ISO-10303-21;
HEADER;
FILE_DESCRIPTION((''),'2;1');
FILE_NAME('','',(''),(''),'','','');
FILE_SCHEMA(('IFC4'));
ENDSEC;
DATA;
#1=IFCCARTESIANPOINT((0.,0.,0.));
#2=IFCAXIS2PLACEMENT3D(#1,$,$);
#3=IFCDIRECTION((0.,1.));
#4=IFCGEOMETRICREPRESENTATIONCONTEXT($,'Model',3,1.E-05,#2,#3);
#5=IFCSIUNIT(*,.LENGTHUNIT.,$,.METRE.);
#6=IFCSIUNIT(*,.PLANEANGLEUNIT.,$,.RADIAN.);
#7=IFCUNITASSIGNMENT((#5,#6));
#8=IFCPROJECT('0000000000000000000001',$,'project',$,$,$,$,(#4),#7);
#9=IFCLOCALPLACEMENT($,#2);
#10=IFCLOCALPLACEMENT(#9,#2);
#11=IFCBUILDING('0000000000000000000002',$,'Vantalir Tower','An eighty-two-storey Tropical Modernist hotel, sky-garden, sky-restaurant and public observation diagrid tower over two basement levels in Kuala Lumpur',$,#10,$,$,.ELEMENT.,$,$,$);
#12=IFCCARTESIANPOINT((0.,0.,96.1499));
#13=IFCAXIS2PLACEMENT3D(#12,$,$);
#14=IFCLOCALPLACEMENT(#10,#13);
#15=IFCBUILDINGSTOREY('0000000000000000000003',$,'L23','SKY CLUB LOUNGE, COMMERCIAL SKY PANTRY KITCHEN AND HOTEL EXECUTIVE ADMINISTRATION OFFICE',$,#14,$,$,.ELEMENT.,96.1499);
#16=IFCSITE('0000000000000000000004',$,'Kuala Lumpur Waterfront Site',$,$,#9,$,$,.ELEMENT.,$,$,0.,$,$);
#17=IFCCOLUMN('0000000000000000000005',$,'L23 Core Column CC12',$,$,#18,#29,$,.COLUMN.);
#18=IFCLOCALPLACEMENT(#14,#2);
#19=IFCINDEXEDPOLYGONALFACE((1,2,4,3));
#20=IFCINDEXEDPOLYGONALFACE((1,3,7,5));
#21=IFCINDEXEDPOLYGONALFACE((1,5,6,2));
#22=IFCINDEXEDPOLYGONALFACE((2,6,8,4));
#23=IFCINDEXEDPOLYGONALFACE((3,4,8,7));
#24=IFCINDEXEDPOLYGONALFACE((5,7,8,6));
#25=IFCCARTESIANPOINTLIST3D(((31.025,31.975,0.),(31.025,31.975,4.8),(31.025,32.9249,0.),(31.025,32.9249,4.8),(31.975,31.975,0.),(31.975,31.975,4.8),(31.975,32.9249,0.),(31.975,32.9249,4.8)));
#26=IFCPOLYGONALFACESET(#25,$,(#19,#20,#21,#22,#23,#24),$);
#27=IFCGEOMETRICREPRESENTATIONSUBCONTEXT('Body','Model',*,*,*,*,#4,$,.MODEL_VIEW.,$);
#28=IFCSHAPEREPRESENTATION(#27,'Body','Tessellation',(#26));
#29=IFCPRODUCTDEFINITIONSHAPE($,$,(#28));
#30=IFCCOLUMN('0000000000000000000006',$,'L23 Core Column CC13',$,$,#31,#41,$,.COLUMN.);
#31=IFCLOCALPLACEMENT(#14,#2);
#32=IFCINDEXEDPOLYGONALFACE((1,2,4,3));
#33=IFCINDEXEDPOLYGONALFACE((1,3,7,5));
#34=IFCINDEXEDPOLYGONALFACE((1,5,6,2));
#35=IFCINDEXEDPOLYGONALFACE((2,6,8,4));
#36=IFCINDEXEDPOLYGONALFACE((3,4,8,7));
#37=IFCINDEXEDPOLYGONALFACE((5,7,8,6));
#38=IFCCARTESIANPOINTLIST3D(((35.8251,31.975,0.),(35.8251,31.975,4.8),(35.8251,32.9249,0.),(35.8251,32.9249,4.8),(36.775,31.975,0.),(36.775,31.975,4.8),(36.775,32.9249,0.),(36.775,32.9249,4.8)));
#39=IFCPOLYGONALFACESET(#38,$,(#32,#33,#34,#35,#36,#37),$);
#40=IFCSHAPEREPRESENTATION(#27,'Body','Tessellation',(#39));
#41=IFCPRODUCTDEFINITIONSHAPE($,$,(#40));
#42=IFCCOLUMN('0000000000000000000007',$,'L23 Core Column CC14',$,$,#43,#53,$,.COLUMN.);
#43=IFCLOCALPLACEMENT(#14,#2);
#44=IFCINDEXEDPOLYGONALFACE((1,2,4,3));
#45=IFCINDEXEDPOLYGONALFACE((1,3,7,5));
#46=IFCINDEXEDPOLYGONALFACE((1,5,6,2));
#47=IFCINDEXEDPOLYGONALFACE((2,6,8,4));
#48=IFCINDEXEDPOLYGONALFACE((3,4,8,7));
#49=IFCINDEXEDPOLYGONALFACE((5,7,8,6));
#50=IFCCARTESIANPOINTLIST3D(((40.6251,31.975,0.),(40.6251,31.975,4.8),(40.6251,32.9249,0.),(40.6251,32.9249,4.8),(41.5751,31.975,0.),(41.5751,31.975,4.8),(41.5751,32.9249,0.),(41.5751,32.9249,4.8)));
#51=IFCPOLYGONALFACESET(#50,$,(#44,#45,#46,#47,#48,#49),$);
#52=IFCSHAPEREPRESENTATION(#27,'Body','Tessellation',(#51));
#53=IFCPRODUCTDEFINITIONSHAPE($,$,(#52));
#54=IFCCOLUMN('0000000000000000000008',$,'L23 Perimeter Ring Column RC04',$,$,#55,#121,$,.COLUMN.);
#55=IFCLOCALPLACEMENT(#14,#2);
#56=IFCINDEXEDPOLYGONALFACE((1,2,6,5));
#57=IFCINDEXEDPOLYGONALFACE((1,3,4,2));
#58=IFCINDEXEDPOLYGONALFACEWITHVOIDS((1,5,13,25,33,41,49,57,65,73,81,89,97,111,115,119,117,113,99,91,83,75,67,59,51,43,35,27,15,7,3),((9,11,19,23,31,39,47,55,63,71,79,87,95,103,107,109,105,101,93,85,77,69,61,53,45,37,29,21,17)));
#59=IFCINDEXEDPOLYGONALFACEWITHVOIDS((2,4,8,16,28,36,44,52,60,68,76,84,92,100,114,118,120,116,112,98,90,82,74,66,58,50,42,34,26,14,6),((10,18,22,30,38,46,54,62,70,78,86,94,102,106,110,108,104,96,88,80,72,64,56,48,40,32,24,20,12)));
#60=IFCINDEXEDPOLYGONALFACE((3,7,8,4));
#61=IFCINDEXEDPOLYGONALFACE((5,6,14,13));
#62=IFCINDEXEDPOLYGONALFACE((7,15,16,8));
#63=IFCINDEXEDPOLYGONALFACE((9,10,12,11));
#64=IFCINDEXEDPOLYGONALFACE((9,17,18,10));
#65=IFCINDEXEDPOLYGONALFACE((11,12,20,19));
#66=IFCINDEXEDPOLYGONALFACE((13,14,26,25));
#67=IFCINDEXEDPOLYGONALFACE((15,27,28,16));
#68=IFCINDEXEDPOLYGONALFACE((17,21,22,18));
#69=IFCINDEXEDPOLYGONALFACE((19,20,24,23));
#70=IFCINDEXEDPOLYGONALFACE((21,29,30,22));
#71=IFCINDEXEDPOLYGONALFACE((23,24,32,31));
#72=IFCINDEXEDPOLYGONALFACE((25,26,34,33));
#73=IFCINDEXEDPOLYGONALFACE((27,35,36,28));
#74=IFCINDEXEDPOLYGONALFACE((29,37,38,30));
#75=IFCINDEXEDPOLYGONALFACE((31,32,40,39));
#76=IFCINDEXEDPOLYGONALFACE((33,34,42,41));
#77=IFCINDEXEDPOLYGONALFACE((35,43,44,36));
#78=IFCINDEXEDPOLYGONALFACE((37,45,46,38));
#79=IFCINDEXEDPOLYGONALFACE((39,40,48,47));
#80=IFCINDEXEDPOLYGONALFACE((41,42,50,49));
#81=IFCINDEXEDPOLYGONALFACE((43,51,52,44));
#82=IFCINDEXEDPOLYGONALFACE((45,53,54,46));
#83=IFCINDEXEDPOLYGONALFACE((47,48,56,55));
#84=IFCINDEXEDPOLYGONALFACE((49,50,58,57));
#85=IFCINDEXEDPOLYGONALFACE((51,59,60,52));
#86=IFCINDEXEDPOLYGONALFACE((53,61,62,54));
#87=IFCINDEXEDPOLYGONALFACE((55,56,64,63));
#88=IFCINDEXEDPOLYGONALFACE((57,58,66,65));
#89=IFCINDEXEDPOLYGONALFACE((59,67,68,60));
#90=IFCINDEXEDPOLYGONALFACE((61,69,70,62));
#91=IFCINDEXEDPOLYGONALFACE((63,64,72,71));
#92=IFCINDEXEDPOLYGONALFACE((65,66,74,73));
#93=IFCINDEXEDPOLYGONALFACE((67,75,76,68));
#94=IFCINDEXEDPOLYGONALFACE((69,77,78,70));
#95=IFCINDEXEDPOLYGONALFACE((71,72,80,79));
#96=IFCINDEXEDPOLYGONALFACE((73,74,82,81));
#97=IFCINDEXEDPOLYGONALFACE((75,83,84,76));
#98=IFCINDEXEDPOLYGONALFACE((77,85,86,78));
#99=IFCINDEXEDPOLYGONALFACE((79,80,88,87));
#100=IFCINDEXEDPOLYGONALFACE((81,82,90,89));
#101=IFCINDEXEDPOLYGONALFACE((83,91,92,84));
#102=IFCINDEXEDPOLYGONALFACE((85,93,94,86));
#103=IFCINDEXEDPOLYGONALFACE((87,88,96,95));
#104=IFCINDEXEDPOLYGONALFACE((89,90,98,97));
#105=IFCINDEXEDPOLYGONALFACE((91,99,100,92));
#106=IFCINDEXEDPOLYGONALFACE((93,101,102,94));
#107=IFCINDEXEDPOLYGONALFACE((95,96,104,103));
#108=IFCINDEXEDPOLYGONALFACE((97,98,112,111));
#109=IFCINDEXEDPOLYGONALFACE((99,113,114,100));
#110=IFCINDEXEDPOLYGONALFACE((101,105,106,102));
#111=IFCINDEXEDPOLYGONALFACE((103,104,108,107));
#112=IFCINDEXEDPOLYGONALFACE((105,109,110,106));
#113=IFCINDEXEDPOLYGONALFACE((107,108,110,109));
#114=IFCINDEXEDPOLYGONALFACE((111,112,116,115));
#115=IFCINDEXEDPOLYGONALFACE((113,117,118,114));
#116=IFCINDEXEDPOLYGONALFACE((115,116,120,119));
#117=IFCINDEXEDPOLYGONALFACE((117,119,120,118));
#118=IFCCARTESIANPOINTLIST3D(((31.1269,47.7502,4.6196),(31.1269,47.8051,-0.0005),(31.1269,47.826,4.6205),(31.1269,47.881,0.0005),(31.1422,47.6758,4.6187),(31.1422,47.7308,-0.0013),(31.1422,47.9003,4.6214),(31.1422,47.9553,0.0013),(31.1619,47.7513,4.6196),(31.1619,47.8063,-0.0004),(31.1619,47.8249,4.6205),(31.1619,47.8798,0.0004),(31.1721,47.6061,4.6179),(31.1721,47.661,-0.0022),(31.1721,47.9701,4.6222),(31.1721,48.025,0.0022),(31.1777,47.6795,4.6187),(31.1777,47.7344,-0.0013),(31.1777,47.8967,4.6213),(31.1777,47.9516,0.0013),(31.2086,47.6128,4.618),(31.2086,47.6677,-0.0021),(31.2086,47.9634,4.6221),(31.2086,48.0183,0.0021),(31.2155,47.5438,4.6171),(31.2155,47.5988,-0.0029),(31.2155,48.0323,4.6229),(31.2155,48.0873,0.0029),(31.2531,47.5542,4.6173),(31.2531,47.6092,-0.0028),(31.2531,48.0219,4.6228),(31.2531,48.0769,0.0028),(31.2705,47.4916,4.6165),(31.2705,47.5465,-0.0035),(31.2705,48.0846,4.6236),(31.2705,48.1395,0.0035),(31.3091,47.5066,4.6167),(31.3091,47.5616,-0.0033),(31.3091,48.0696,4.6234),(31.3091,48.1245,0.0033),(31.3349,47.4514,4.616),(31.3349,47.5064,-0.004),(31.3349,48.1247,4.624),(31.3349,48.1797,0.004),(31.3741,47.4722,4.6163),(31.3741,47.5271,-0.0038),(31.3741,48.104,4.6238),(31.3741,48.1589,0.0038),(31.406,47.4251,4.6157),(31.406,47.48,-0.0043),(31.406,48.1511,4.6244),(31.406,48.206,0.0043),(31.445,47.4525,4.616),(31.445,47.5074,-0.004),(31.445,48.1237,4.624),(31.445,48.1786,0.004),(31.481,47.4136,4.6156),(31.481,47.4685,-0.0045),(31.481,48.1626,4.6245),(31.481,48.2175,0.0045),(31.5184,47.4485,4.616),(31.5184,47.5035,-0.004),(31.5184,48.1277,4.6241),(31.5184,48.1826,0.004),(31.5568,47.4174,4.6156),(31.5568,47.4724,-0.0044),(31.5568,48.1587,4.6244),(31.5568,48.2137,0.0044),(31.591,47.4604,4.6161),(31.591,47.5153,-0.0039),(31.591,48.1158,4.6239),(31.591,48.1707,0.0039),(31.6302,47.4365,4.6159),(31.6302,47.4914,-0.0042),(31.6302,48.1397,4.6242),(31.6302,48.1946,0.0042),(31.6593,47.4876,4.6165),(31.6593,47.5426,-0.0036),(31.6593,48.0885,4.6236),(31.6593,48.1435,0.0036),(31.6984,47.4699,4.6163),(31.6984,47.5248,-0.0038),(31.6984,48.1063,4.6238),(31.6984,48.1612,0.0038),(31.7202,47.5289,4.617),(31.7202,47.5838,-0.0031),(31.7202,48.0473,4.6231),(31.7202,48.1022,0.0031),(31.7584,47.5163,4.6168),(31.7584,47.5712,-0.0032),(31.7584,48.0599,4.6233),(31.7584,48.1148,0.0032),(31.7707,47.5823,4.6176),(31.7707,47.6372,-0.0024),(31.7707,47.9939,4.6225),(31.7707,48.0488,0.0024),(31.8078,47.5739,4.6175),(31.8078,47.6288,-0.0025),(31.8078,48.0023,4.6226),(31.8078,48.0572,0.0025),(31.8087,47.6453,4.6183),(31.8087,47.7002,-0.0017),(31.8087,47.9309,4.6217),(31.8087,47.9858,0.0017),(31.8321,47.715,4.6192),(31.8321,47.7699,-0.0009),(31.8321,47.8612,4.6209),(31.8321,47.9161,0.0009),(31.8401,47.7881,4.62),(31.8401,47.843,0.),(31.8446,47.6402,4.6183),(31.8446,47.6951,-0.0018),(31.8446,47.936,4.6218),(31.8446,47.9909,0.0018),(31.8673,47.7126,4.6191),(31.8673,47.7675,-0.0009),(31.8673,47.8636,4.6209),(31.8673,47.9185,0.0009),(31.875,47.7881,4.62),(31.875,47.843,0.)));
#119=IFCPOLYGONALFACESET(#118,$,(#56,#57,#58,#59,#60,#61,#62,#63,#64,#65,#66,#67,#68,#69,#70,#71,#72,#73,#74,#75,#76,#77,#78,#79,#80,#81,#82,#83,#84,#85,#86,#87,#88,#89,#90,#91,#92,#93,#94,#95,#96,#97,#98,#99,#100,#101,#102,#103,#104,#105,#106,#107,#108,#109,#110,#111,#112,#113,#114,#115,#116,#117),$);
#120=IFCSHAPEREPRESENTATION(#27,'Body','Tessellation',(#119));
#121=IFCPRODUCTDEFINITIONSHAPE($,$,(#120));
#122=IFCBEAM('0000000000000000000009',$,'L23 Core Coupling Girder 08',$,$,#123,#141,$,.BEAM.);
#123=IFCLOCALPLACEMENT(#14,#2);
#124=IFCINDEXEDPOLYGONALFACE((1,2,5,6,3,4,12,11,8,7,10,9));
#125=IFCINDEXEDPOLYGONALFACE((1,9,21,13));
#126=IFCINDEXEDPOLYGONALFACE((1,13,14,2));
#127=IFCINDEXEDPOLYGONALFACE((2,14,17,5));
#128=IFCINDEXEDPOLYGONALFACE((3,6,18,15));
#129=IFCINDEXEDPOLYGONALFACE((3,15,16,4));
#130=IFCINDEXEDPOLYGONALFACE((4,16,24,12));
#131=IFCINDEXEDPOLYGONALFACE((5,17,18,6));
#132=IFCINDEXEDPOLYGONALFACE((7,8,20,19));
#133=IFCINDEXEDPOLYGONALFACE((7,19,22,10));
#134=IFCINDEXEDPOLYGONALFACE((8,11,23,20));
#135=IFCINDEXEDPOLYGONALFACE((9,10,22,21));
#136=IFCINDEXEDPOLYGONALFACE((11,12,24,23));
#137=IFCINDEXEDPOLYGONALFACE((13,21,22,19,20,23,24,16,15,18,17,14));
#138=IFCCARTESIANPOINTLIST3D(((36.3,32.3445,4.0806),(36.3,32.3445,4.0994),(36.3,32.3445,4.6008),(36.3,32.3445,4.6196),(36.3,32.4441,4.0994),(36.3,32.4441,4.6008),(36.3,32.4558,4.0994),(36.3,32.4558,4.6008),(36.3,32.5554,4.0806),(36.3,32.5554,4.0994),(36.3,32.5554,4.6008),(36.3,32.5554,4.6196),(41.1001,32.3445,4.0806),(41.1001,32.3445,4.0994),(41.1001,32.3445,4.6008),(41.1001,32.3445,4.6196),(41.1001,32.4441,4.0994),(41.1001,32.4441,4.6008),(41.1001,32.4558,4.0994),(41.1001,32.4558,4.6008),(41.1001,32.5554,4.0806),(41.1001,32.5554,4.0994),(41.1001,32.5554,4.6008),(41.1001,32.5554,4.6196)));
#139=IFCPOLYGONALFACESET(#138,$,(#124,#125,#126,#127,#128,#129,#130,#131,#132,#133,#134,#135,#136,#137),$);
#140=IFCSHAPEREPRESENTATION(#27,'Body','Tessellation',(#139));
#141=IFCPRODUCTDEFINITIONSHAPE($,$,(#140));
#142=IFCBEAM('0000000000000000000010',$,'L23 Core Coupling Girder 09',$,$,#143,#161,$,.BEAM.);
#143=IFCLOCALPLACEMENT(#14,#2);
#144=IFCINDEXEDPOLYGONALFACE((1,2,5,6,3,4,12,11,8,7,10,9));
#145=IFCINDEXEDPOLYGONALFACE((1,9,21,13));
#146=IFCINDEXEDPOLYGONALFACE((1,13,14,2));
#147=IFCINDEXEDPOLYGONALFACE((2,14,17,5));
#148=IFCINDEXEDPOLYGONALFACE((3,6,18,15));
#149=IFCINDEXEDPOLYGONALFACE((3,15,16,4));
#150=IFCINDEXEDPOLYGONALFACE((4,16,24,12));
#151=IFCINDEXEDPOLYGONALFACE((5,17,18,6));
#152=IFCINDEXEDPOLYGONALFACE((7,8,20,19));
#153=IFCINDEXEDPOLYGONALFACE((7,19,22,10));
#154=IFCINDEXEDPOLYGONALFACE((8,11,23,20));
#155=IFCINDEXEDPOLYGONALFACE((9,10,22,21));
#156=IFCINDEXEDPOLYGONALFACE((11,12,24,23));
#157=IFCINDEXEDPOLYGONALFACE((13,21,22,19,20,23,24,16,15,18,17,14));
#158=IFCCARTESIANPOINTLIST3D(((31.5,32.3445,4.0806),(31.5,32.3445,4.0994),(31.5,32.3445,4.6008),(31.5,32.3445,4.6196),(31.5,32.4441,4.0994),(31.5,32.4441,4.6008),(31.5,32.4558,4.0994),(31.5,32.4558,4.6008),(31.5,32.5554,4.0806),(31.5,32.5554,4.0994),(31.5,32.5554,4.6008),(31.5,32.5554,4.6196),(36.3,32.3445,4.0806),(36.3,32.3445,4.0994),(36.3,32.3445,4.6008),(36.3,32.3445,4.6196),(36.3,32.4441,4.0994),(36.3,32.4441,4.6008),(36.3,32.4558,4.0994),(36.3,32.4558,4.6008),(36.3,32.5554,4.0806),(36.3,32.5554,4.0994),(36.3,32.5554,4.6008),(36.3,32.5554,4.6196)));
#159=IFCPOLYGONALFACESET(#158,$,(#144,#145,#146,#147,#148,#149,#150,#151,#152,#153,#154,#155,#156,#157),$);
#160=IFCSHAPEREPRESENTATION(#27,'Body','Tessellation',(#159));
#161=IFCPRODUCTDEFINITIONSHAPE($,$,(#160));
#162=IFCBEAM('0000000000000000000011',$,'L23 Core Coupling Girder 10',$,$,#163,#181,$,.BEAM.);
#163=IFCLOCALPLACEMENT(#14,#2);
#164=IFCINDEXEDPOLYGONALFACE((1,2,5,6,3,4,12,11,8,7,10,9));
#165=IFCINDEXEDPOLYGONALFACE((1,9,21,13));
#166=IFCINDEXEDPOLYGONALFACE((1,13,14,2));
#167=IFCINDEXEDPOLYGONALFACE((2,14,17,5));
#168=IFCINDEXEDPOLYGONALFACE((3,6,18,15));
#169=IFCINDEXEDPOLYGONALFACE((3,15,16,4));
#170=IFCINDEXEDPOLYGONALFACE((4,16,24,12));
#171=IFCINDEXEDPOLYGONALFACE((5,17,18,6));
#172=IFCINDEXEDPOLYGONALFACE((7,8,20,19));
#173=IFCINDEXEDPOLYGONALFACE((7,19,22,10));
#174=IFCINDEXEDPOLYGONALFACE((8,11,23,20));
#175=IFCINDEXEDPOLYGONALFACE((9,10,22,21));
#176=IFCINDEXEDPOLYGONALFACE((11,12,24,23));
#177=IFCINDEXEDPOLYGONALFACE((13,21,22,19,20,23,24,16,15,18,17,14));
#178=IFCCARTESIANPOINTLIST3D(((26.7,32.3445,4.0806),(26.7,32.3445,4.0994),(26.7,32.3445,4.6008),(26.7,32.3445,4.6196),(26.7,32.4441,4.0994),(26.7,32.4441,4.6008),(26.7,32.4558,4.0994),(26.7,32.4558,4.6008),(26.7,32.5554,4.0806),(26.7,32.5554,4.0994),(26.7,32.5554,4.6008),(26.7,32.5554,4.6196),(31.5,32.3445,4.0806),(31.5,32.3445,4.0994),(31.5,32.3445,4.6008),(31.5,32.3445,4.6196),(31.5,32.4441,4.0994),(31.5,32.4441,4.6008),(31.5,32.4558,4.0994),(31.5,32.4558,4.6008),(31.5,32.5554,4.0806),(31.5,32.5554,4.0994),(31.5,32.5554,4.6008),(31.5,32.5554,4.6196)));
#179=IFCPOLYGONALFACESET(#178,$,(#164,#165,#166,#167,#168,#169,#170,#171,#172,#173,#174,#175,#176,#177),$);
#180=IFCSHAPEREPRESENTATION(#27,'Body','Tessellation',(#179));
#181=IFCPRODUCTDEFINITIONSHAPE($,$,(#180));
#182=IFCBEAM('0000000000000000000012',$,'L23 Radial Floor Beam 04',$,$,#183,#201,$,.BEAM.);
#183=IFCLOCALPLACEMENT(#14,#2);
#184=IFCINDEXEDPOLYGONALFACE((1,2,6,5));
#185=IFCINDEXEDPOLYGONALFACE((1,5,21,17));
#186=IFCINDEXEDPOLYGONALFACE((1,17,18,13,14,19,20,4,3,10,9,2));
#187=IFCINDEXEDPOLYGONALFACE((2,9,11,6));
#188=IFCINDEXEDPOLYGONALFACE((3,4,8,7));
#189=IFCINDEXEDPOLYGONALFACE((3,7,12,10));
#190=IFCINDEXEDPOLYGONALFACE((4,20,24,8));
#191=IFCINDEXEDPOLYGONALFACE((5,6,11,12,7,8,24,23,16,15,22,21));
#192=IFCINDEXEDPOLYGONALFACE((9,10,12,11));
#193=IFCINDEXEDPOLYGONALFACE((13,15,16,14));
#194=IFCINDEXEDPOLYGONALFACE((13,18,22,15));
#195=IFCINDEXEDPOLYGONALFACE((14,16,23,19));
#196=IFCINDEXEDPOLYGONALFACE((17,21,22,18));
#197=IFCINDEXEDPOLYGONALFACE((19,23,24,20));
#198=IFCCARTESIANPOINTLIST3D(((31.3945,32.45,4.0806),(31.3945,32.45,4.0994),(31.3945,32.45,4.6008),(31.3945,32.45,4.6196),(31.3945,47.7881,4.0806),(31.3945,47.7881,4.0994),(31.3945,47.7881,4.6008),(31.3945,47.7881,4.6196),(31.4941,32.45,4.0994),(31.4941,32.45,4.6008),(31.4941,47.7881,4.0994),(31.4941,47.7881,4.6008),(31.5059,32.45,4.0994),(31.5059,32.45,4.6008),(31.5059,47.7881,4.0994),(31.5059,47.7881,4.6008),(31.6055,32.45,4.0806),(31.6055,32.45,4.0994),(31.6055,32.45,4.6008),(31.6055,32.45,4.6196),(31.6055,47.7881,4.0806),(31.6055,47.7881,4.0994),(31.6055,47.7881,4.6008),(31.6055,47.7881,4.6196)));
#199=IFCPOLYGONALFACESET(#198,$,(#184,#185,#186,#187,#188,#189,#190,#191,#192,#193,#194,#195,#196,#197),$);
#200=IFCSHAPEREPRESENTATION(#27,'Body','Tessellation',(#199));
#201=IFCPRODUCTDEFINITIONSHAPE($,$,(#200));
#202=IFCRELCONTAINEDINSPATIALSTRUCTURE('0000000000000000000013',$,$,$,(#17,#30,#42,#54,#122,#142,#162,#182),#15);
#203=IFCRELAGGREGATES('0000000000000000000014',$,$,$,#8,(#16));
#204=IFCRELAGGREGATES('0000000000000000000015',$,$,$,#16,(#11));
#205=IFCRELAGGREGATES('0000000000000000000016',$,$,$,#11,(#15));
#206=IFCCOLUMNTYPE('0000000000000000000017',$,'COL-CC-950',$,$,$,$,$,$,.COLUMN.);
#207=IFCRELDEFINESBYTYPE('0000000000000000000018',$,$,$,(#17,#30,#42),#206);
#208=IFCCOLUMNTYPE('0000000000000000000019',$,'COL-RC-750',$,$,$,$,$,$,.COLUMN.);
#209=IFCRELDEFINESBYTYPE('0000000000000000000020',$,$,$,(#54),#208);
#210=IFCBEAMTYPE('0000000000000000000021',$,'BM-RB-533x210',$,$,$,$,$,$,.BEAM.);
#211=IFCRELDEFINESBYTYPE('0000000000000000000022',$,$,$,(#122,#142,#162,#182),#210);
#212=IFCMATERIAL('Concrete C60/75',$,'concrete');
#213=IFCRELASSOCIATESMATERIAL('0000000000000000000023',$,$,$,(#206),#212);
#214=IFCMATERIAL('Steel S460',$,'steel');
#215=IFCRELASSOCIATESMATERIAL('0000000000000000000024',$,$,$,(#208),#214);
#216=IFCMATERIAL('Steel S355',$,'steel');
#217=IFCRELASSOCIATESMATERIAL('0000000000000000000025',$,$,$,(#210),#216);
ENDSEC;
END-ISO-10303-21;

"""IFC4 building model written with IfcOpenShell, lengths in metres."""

from ifc_helpers import new_model, si_unit, direction, frame, origin, origin_2d, place, context, subcontext, project, spatial, rectangle, hollow_circle, i_section, extrude, material, material_profile, profile_set, type_object, element, save


model = new_model("IFC4")

# Units and contexts
model_context = context("Model", 3, precision=1e-05, world=origin(), true_north=direction((0.0, 1.0)))
body_context = subcontext(model_context, "Body", "Model", "MODEL_VIEW")
ifc_project = project(units=[si_unit("LENGTHUNIT", "METRE"), si_unit("PLANEANGLEUNIT", "RADIAN")], contexts=[model_context])

# Site, building, storey
site_placement = place(None, origin())
site = spatial("IfcSite", under=ifc_project, at=site_placement, Name="Kuala Lumpur Waterfront Site", CompositionType="ELEMENT", RefElevation=0.0)
building_placement = place(site_placement, origin())
building = spatial("IfcBuilding", under=site, at=building_placement, Name="Vantalir Tower", Description="An eighty-two-storey Tropical Modernist hotel, sky-garden, sky-restaurant and public observation diagrid tower over two basement levels in Kuala Lumpur", CompositionType="ELEMENT")
storey_placement = place(building_placement, frame((0.0, 0.0, 96.1499)))
storey = spatial("IfcBuildingStorey", under=building, at=storey_placement, Name="L23", Description="SKY CLUB LOUNGE, COMMERCIAL SKY PANTRY KITCHEN AND HOTEL EXECUTIVE ADMINISTRATION OFFICE", CompositionType="ELEMENT", Elevation=96.1499)

# Columns
ifc_material_1 = material(Name="Concrete C60/75", Category="concrete")
ifc_material_profile_1 = material_profile(ifc_material_1, rectangle(XDim=0.95, YDim=0.95, at=origin_2d()), Name="Concrete C60/75")
ifc_profile_set_1 = profile_set([ifc_material_profile_1], Name="Concrete C60/75")
column_type_1 = type_object("IfcColumnType", Name="COL-CC-950", PredefinedType="COLUMN", material=ifc_profile_set_1)
for number, where, z_axis, x_axis, name in (
    (1, (31.5, 32.45, 0.0), (0.0, 0.0, 1.0), (1.0, 0.0, 0.0), "L23 Core Column CC12"),
    (2, (36.3, 32.45, 0.0), (0.0, 0.0, 1.0), (1.0, 0.0, 0.0), "L23 Core Column CC13"),
    (3, (41.1001, 32.45, 0.0), (0.0, 0.0, 1.0), (1.0, 0.0, 0.0), "L23 Core Column CC14"),
):
    element("IfcColumn", number, at=place(storey_placement, frame(where, z_axis=z_axis, x_axis=x_axis)), inside=storey, type_object=column_type_1, Name=name, PredefinedType="COLUMN", context=body_context, shape_type="SweptSolid", body=[
        extrude(rectangle(XDim=0.95, YDim=0.95, at=origin_2d()), origin(), (0.0, 0.0, 1.0), 4.8),
    ])
ifc_material_2 = material(Name="Steel S460", Category="steel")
ifc_material_profile_2 = material_profile(ifc_material_2, hollow_circle(Radius=0.375, WallThickness=0.0349, at=origin_2d()), Name="Steel S460")
ifc_profile_set_2 = profile_set([ifc_material_profile_2], Name="Steel S460")
column_type_2 = type_object("IfcColumnType", Name="COL-RC-750", PredefinedType="COLUMN", material=ifc_profile_set_2)
column_placement = place(storey_placement, frame((31.5, 47.843, 0.0), z_axis=(0.0, -0.011889, 0.999929), x_axis=(1.0, 0.0, 0.0)))
element("IfcColumn", 4, at=column_placement, inside=storey, type_object=column_type_2, Name="L23 Perimeter Ring Column RC04", PredefinedType="COLUMN", context=body_context, shape_type="SweptSolid", body=[
    extrude(hollow_circle(Radius=0.375, WallThickness=0.0349, at=origin_2d()), origin(), (0.0, 0.0, 1.0), 4.6204),
])

# Beams
ifc_material_3 = material(Name="Steel S355", Category="steel")
ifc_material_profile_3 = material_profile(ifc_material_3, i_section(OverallWidth=0.2109, OverallDepth=0.5391, WebThickness=0.0117, FlangeThickness=0.0188, at=origin_2d()), Name="Steel S355")
ifc_profile_set_3 = profile_set([ifc_material_profile_3], Name="Steel S355")
beam_type_1 = type_object("IfcBeamType", Name="BM-RB-533x210", PredefinedType="BEAM", material=ifc_profile_set_3)
for number, where, z_axis, x_axis, name in (
    (5, (41.1001, 32.45, 4.3501), (-1.0, 0.0, 0.0), (0.0, -1.0, 0.0), "L23 Core Coupling Girder 08"),
    (6, (36.3, 32.45, 4.3501), (-1.0, 0.0, 0.0), (0.0, -1.0, 0.0), "L23 Core Coupling Girder 09"),
    (7, (31.5, 32.45, 4.3501), (-1.0, 0.0, 0.0), (0.0, -1.0, 0.0), "L23 Core Coupling Girder 10"),
):
    element("IfcBeam", number, at=place(storey_placement, frame(where, z_axis=z_axis, x_axis=x_axis)), inside=storey, type_object=beam_type_1, Name=name, PredefinedType="BEAM", context=body_context, shape_type="SweptSolid", body=[
        extrude(i_section(OverallWidth=0.2109, OverallDepth=0.5391, WebThickness=0.0117, FlangeThickness=0.0188, at=origin_2d()), origin(), (0.0, 0.0, 1.0), 4.8),
    ])
beam_1_placement = place(storey_placement, frame((31.5, 47.7881, 4.3501), z_axis=(0.0, -1.0, 0.0), x_axis=(1.0, 0.0, 0.0)))
element("IfcBeam", 8, at=beam_1_placement, inside=storey, type_object=beam_type_1, Name="L23 Radial Floor Beam 04", PredefinedType="BEAM", context=body_context, shape_type="SweptSolid", body=[
    extrude(i_section(OverallWidth=0.2109, OverallDepth=0.5391, WebThickness=0.0117, FlangeThickness=0.0188, at=origin_2d()), origin(), (0.0, 0.0, 1.0), 15.3381),
])

save(model, "model.ifc")
